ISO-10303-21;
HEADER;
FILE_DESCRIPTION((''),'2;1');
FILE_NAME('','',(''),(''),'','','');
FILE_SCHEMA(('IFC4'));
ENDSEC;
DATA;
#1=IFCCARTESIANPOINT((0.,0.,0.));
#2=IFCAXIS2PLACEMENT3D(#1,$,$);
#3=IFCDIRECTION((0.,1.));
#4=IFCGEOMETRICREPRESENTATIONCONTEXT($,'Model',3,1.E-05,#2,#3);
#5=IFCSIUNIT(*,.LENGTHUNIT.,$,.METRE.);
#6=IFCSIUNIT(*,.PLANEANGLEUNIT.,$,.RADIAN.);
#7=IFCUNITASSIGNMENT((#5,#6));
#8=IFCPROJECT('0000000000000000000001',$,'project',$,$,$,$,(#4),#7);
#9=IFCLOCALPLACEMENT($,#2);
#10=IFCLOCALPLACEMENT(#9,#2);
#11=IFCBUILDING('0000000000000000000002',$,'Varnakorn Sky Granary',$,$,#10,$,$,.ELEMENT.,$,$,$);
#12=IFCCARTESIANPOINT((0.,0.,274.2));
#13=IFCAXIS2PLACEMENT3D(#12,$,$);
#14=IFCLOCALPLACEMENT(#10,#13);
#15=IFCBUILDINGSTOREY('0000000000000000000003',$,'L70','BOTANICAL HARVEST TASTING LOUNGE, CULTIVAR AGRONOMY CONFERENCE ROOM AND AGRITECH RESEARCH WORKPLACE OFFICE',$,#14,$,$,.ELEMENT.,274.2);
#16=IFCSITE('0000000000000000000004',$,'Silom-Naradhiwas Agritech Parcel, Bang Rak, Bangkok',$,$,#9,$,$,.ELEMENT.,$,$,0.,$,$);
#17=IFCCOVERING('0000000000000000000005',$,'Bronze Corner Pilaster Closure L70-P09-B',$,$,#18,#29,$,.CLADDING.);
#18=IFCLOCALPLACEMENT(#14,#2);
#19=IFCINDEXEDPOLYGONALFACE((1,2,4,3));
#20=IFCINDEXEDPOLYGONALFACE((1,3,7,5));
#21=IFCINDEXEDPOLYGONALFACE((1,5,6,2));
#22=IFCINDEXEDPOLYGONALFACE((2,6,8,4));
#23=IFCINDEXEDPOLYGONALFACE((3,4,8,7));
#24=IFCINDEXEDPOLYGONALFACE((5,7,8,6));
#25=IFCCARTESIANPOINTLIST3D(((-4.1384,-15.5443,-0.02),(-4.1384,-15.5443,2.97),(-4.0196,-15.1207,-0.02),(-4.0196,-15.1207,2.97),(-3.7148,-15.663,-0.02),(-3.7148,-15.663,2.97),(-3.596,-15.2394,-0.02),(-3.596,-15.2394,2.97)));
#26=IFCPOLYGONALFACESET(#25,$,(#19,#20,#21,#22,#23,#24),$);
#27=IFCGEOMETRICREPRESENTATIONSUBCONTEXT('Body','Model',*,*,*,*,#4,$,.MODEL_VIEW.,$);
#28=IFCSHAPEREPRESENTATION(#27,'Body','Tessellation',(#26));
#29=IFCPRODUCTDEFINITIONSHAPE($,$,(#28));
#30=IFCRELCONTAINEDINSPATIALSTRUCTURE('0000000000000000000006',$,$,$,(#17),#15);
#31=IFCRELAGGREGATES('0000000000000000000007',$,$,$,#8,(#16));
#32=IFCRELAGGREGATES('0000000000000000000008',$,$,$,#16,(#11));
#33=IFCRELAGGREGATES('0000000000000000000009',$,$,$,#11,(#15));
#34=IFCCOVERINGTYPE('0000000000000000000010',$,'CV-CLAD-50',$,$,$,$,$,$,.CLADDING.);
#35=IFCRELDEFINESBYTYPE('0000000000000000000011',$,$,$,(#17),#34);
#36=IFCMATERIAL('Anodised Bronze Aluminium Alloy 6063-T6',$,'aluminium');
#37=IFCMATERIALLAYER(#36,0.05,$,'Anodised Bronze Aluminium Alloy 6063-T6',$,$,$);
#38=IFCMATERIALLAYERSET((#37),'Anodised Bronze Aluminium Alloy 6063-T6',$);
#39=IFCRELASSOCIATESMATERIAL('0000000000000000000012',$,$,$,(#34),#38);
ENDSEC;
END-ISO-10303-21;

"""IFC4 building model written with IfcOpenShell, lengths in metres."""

from ifc_helpers import new_model, si_unit, direction, frame, origin, origin_2d, place, context, subcontext, project, spatial, rectangle, extrude, source, transform, mapped, material, layer, layer_set, type_object, type_shapes, element, save


model = new_model("IFC4")

# Units and contexts
model_context = context("Model", 3, precision=1e-05, world=origin(), true_north=direction((0.0, 1.0)))
body_context = subcontext(model_context, "Body", "Model", "MODEL_VIEW")
ifc_project = project(units=[si_unit("LENGTHUNIT", "METRE"), si_unit("PLANEANGLEUNIT", "RADIAN")], contexts=[model_context])

# Site, building, storey
site_placement = place(None, origin())
site = spatial("IfcSite", under=ifc_project, at=site_placement, Name="Silom-Naradhiwas Agritech Parcel, Bang Rak, Bangkok", CompositionType="ELEMENT", RefElevation=0.0)
building_placement = place(site_placement, origin())
building = spatial("IfcBuilding", under=site, at=building_placement, Name="Varnakorn Sky Granary", CompositionType="ELEMENT")
storey_placement = place(building_placement, frame((0.0, 0.0, 274.2)))
storey = spatial("IfcBuildingStorey", under=building, at=storey_placement, Name="L70", Description="BOTANICAL HARVEST TASTING LOUNGE, CULTIVAR AGRONOMY CONFERENCE ROOM AND AGRITECH RESEARCH WORKPLACE OFFICE", CompositionType="ELEMENT", Elevation=274.2)

# Shared definitions
ifc_material_1 = material(Name="Anodised Bronze Aluminium Alloy 6063-T6", Category="aluminium")

# Covering
ifc_layer_1 = layer(ifc_material_1, 0.05, Name="Anodised Bronze Aluminium Alloy 6063-T6")
ifc_layer_set_1 = layer_set([ifc_layer_1], Name="Anodised Bronze Aluminium Alloy 6063-T6")
covering_type = type_object("IfcCoveringType", Name="CV-CLAD-50", PredefinedType="CLADDING", material=ifc_layer_set_1)
shared_shape_1 = source(origin(), body_context, "Body", "SweptSolid", [
    extrude(rectangle(XDim=0.4399, YDim=0.4399, at=origin_2d()), origin(), (0.0, 0.0, 1.0), 2.99),
])
type_shapes(covering_type, [shared_shape_1])
covering_placement = place(storey_placement, frame((-3.8672, -15.3918, -0.02), z_axis=(0.0, 0.0, 1.0), x_axis=(-0.96288, 0.269928, 0.0)))
element("IfcCovering", 1, at=covering_placement, inside=storey, type_object=covering_type, Name="Bronze Corner Pilaster Closure L70-P09-B", PredefinedType="CLADDING", context=body_context, shape_type="MappedRepresentation", body=[
    mapped(shared_shape_1, transform((0.0, 0.0, 0.0), x_axis=(1.0, 0.0, 0.0), y_axis=(0.0, 1.0, 0.0), z_axis=(0.0, 0.0, 1.0), scale=1.0)),
])

save(model, "model.ifc")
